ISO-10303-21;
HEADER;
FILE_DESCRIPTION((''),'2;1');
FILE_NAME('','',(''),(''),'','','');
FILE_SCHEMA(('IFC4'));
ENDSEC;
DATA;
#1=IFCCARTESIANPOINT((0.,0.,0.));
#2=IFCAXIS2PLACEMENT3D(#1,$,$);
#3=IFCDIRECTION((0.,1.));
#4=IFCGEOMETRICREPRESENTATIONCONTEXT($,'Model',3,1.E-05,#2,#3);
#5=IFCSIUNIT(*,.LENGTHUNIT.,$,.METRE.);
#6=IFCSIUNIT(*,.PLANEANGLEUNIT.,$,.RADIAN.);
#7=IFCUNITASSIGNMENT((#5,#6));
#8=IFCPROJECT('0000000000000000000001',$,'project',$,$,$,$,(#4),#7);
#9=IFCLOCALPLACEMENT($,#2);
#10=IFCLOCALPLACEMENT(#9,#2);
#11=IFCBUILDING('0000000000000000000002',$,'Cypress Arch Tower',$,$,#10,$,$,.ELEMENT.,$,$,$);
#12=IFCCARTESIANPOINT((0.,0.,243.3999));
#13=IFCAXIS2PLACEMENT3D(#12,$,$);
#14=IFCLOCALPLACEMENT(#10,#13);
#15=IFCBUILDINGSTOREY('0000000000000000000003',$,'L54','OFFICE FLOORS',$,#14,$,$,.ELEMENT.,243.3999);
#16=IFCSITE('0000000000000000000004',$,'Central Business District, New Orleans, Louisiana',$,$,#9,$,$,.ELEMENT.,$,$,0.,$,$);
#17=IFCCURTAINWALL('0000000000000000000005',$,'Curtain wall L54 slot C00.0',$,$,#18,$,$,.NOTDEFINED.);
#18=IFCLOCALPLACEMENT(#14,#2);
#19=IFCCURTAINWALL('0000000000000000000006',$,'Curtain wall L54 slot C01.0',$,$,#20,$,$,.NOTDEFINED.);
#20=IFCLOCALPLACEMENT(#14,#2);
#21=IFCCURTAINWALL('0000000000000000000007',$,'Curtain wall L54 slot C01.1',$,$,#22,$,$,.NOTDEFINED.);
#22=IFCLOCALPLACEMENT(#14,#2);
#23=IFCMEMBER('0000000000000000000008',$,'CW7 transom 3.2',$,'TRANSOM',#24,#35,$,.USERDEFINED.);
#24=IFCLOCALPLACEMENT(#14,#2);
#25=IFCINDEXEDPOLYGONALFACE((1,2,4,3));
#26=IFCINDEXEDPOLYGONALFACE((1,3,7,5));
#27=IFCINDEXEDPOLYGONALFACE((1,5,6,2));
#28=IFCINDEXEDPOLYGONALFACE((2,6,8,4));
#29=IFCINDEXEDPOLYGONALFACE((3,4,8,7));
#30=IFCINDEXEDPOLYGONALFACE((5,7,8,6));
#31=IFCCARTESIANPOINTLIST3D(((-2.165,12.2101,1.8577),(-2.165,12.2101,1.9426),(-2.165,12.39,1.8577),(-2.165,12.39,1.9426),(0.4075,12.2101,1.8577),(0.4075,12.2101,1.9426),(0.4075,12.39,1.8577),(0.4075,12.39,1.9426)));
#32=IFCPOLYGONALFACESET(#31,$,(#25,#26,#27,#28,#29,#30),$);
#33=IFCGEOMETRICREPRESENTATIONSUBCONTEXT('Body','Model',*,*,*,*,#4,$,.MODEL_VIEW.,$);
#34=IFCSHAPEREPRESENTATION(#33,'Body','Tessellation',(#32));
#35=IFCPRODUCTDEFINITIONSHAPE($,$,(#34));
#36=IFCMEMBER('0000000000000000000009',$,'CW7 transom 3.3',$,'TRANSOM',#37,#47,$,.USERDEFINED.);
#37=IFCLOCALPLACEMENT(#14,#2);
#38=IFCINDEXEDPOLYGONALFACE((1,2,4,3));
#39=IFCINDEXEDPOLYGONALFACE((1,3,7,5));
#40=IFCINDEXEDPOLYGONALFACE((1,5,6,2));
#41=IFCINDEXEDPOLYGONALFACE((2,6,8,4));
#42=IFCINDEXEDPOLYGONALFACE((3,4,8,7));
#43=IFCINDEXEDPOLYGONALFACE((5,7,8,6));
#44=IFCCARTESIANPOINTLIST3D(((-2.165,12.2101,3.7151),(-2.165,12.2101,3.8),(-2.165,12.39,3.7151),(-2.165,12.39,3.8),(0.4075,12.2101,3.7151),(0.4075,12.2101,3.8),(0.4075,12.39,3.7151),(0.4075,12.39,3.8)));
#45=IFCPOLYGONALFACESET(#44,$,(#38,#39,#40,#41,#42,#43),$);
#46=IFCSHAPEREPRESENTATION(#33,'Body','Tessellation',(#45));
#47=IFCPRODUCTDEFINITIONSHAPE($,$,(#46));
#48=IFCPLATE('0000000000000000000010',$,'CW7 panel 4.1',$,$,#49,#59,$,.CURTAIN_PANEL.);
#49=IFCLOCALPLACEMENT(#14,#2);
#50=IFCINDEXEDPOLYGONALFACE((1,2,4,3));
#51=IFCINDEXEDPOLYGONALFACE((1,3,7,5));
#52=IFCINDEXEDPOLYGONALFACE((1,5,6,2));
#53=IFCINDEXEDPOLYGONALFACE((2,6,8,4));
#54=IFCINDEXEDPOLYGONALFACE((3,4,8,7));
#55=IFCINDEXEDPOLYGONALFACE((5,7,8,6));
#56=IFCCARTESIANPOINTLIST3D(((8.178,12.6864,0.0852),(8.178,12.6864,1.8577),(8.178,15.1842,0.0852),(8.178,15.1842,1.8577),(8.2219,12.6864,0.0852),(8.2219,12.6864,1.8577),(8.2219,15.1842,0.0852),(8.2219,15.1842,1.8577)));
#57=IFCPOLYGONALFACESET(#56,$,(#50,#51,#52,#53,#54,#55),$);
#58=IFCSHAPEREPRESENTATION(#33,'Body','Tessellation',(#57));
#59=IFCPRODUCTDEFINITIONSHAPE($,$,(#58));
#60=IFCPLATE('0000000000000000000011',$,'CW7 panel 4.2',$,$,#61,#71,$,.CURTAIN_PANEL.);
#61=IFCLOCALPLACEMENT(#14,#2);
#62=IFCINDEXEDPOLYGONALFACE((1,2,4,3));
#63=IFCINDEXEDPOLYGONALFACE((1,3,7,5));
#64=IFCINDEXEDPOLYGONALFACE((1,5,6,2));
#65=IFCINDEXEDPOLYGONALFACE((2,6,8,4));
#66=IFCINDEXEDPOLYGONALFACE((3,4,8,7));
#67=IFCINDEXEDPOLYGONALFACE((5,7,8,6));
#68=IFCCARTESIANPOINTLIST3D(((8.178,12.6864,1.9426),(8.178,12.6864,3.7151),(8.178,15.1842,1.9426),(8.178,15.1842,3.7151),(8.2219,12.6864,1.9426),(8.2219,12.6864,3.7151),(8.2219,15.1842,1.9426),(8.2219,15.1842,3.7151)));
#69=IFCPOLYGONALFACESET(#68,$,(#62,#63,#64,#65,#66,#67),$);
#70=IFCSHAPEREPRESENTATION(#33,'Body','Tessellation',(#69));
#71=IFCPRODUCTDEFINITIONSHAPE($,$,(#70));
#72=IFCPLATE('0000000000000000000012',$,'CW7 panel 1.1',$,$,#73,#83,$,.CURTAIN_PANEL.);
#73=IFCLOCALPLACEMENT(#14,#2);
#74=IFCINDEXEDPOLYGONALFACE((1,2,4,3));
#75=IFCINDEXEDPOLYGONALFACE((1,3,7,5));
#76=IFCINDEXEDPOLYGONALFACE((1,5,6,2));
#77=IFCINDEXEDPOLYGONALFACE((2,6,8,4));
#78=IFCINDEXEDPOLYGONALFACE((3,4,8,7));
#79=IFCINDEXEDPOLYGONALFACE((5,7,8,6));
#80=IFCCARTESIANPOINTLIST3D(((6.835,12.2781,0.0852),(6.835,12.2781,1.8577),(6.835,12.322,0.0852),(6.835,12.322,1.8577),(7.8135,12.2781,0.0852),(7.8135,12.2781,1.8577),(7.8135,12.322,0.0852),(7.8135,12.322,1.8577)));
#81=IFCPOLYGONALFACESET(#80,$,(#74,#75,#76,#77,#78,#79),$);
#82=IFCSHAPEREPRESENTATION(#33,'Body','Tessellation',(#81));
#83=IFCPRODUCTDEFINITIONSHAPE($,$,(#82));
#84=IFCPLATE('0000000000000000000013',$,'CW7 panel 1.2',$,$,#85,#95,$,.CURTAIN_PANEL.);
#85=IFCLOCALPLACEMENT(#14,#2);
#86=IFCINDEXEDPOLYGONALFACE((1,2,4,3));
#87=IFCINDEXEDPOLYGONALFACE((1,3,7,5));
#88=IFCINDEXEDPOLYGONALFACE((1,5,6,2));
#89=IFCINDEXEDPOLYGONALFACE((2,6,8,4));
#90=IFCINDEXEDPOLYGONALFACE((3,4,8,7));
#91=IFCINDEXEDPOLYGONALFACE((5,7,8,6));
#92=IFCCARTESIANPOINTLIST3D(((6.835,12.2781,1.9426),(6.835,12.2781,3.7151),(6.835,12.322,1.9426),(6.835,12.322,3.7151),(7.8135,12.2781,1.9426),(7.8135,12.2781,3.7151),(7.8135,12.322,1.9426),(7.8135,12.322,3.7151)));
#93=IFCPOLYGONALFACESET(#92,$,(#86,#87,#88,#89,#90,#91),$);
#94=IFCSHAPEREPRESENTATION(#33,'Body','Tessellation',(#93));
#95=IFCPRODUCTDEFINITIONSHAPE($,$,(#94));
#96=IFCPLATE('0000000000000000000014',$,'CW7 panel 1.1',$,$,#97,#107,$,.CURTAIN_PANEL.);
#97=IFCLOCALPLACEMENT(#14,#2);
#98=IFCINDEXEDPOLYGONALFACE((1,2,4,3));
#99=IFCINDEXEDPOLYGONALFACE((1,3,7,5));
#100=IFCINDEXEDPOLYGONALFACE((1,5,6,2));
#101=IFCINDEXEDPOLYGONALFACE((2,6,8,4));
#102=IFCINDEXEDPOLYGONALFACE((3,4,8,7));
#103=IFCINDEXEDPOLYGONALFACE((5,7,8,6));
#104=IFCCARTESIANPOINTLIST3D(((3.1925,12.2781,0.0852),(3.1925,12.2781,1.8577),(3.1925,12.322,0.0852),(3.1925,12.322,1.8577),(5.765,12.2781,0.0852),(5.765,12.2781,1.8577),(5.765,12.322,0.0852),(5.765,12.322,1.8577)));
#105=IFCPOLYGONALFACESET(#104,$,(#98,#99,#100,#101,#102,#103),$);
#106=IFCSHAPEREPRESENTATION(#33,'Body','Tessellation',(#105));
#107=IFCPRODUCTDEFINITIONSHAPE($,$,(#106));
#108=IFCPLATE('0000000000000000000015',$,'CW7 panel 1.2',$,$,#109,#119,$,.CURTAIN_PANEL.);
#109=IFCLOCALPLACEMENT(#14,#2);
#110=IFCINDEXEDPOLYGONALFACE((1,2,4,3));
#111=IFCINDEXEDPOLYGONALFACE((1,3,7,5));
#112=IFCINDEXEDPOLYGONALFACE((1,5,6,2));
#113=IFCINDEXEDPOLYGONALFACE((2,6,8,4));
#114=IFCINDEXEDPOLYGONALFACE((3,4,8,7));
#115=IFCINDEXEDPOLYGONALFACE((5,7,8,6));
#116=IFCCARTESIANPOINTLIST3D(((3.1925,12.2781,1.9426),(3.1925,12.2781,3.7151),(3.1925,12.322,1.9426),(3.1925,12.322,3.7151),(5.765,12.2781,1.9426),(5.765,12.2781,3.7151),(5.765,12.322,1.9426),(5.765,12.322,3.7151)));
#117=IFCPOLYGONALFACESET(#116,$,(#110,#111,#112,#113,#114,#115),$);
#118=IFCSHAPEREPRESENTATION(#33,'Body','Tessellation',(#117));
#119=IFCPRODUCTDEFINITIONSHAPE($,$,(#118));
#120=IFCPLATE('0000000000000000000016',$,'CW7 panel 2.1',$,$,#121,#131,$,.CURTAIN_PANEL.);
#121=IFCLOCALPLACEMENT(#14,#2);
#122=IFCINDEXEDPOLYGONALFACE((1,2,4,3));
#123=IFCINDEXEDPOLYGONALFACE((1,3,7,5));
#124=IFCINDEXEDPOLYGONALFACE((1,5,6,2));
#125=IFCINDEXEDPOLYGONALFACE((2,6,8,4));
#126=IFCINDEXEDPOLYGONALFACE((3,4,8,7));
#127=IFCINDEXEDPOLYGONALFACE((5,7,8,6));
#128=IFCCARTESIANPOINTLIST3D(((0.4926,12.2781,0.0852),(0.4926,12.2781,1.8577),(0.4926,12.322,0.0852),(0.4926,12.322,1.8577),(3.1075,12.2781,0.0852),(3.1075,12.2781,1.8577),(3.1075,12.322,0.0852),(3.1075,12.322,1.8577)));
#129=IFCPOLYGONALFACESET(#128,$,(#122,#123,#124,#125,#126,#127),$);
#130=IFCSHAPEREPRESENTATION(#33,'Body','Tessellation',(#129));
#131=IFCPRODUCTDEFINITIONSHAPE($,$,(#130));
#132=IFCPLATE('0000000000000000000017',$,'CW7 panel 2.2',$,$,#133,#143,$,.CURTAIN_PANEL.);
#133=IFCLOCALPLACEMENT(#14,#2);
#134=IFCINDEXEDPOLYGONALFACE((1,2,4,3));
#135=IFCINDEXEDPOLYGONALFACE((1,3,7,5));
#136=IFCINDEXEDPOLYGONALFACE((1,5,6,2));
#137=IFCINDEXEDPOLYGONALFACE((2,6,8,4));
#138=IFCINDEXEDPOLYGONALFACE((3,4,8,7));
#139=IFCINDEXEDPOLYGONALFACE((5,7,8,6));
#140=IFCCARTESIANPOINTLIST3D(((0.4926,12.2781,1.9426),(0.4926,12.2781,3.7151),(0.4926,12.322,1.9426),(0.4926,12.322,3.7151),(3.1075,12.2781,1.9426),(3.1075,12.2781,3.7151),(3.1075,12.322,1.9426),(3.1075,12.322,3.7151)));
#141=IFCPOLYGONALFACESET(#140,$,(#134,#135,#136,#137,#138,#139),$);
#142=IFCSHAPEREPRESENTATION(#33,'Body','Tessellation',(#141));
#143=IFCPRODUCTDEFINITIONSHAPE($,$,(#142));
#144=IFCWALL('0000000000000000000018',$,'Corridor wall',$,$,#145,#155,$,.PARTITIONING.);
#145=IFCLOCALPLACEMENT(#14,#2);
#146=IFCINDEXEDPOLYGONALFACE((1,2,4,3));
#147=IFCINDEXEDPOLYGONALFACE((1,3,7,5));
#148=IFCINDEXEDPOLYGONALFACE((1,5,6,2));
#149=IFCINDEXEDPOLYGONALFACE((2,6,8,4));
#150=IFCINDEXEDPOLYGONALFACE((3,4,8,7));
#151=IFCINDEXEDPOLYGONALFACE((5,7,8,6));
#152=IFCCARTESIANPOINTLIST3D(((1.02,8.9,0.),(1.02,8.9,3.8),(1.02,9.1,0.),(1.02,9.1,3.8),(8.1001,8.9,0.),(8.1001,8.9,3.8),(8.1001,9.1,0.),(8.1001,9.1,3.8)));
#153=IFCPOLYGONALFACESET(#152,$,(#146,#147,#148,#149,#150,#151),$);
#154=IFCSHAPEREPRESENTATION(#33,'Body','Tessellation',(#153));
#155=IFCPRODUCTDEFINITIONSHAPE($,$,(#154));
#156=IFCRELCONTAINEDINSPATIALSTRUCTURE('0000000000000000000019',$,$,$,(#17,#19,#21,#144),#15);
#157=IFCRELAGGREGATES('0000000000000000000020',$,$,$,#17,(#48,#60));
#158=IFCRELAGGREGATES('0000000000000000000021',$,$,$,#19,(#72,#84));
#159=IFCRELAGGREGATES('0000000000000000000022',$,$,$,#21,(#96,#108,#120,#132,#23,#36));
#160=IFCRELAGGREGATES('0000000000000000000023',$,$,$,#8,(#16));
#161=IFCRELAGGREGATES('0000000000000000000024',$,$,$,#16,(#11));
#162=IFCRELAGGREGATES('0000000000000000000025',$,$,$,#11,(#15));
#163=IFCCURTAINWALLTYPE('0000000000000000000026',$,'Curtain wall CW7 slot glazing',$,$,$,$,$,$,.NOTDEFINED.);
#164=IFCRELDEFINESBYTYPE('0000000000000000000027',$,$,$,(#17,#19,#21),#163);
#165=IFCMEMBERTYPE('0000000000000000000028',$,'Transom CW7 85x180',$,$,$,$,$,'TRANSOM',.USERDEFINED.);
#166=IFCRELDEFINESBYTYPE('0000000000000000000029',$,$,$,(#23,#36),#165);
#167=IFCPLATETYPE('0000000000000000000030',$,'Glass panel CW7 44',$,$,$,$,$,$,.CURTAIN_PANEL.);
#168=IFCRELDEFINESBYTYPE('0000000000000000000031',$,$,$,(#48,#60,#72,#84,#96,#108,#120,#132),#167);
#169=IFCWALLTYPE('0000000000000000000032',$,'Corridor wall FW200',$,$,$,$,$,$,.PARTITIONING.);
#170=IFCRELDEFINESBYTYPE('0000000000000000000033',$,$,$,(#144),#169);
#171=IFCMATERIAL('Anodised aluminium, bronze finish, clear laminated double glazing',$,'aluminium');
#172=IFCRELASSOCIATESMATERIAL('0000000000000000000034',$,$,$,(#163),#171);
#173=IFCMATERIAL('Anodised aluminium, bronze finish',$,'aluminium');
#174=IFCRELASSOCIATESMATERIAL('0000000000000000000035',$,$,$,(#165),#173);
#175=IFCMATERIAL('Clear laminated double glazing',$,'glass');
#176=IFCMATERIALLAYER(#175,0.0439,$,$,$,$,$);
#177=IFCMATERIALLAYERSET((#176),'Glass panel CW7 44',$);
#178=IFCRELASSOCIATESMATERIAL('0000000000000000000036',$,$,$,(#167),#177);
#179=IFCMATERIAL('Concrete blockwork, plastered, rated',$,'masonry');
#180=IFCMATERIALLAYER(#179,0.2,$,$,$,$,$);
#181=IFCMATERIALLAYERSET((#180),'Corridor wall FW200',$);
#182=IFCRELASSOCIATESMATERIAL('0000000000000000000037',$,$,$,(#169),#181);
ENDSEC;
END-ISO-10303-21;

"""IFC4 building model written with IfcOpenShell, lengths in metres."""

from ifc_helpers import new_model, si_unit, direction, frame, frame_2d, origin, origin_2d, place, context, subcontext, project, spatial, rectangle, extrude, material, layer, layer_set, material_profile, profile_set, type_object, element, aggregate, save


model = new_model("IFC4")

# Units and contexts
model_context = context("Model", 3, precision=1e-05, world=origin(), true_north=direction((0.0, 1.0)))
body_context = subcontext(model_context, "Body", "Model", "MODEL_VIEW")
ifc_project = project(units=[si_unit("LENGTHUNIT", "METRE"), si_unit("PLANEANGLEUNIT", "RADIAN")], contexts=[model_context])

# Site, building, storey
site_placement = place(None, origin())
site = spatial("IfcSite", under=ifc_project, at=site_placement, Name="Central Business District, New Orleans, Louisiana", CompositionType="ELEMENT", RefElevation=0.0)
building_placement = place(site_placement, origin())
building = spatial("IfcBuilding", under=site, at=building_placement, Name="Cypress Arch Tower", CompositionType="ELEMENT")
storey_placement = place(building_placement, frame((0.0, 0.0, 243.3999)))
storey = spatial("IfcBuildingStorey", under=building, at=storey_placement, Name="L54", Description="OFFICE FLOORS", CompositionType="ELEMENT", Elevation=243.3999)

# Curtain walls
ifc_material_1 = material(Name="Anodised aluminium, bronze finish, clear laminated double glazing", Category="aluminium")
curtain_wall_type = type_object("IfcCurtainWallType", Name="Curtain wall CW7 slot glazing", PredefinedType="NOTDEFINED", material=ifc_material_1)
curtain_wall_1_placement = place(storey_placement, origin())
curtain_wall_1 = element("IfcCurtainWall", 1, at=curtain_wall_1_placement, inside=storey, type_object=curtain_wall_type, Name="Curtain wall L54 slot C00.0", PredefinedType="NOTDEFINED")
curtain_wall_2_placement = place(storey_placement, origin())
curtain_wall_2 = element("IfcCurtainWall", 2, at=curtain_wall_2_placement, inside=storey, type_object=curtain_wall_type, Name="Curtain wall L54 slot C01.0", PredefinedType="NOTDEFINED")
curtain_wall_3_placement = place(storey_placement, origin())
curtain_wall_3 = element("IfcCurtainWall", 3, at=curtain_wall_3_placement, inside=storey, type_object=curtain_wall_type, Name="Curtain wall L54 slot C01.1", PredefinedType="NOTDEFINED")

# Members
ifc_material_2 = material(Name="Anodised aluminium, bronze finish", Category="aluminium")
ifc_material_profile_1 = material_profile(ifc_material_2, rectangle(XDim=0.1799, YDim=0.085, at=origin_2d()), Name="Transom 85x180")
ifc_profile_set_1 = profile_set([ifc_material_profile_1], Name="Anodised aluminium, bronze finish")
member_type_1 = type_object("IfcMemberType", Name="Transom CW7 85x180", ElementType="TRANSOM", PredefinedType="USERDEFINED", material=ifc_profile_set_1)
member_1_placement = place(storey_placement, frame((0.4075, 12.3, 1.9001), z_axis=(-1.0, 0.0, 0.0), x_axis=(0.0, -1.0, 0.0)))
member_1 = element("IfcMember", 4, at=member_1_placement, type_object=member_type_1, Name="CW7 transom 3.2", ObjectType="TRANSOM", PredefinedType="USERDEFINED", context=body_context, shape_type="SweptSolid", body=[
    extrude(rectangle(XDim=0.1799, YDim=0.085, at=origin_2d()), origin(), (0.0, 0.0, 1.0), 2.5725),
])
member_2_placement = place(storey_placement, frame((0.4075, 12.3, 3.7576), z_axis=(-1.0, 0.0, 0.0), x_axis=(0.0, -1.0, 0.0)))
member_2 = element("IfcMember", 5, at=member_2_placement, type_object=member_type_1, Name="CW7 transom 3.3", ObjectType="TRANSOM", PredefinedType="USERDEFINED", context=body_context, shape_type="SweptSolid", body=[
    extrude(rectangle(XDim=0.1799, YDim=0.085, at=origin_2d()), origin(), (0.0, 0.0, 1.0), 2.5725),
])

# Plates
ifc_material_3 = material(Name="Clear laminated double glazing", Category="glass")
ifc_layer_1 = layer(ifc_material_3, 0.0439)
ifc_layer_set_1 = layer_set([ifc_layer_1], Name="Glass panel CW7 44")
plate_type = type_object("IfcPlateType", Name="Glass panel CW7 44", PredefinedType="CURTAIN_PANEL", material=ifc_layer_set_1)
plate_1_placement = place(storey_placement, frame((8.2, 13.9353, 0.0852), z_axis=(0.0, 0.0, 1.0), x_axis=(0.0, -1.0, 0.0)))
plate_1 = element("IfcPlate", 6, at=plate_1_placement, type_object=plate_type, Name="CW7 panel 4.1", PredefinedType="CURTAIN_PANEL", context=body_context, shape_type="SweptSolid", body=[
    extrude(rectangle(XDim=2.4978, YDim=0.0439, at=origin_2d()), origin(), (0.0, 0.0, 1.0), 1.7725),
])
plate_2_placement = place(storey_placement, frame((8.2, 13.9353, 1.9426), z_axis=(0.0, 0.0, 1.0), x_axis=(0.0, -1.0, 0.0)))
plate_2 = element("IfcPlate", 7, at=plate_2_placement, type_object=plate_type, Name="CW7 panel 4.2", PredefinedType="CURTAIN_PANEL", context=body_context, shape_type="SweptSolid", body=[
    extrude(rectangle(XDim=2.4978, YDim=0.0439, at=origin_2d()), origin(), (0.0, 0.0, 1.0), 1.7725),
])
aggregate(curtain_wall_1, [plate_1, plate_2])
plate_3_placement = place(storey_placement, frame((7.3242, 12.3, 0.0852), z_axis=(0.0, 0.0, 1.0), x_axis=(-1.0, 0.0, 0.0)))
plate_3 = element("IfcPlate", 8, at=plate_3_placement, type_object=plate_type, Name="CW7 panel 1.1", PredefinedType="CURTAIN_PANEL", context=body_context, shape_type="SweptSolid", body=[
    extrude(rectangle(XDim=0.9785, YDim=0.0439, at=origin_2d()), origin(), (0.0, 0.0, 1.0), 1.7725),
])
plate_4_placement = place(storey_placement, frame((7.3242, 12.3, 1.9426), z_axis=(0.0, 0.0, 1.0), x_axis=(-1.0, 0.0, 0.0)))
plate_4 = element("IfcPlate", 9, at=plate_4_placement, type_object=plate_type, Name="CW7 panel 1.2", PredefinedType="CURTAIN_PANEL", context=body_context, shape_type="SweptSolid", body=[
    extrude(rectangle(XDim=0.9785, YDim=0.0439, at=origin_2d()), origin(), (0.0, 0.0, 1.0), 1.7725),
])
aggregate(curtain_wall_2, [plate_3, plate_4])
plate_5_placement = place(storey_placement, frame((4.4788, 12.3, 0.0852), z_axis=(0.0, 0.0, 1.0), x_axis=(-1.0, 0.0, 0.0)))
plate_5 = element("IfcPlate", 10, at=plate_5_placement, type_object=plate_type, Name="CW7 panel 1.1", PredefinedType="CURTAIN_PANEL", context=body_context, shape_type="SweptSolid", body=[
    extrude(rectangle(XDim=2.5725, YDim=0.0439, at=origin_2d()), origin(), (0.0, 0.0, 1.0), 1.7725),
])
plate_6_placement = place(storey_placement, frame((4.4788, 12.3, 1.9426), z_axis=(0.0, 0.0, 1.0), x_axis=(-1.0, 0.0, 0.0)))
plate_6 = element("IfcPlate", 11, at=plate_6_placement, type_object=plate_type, Name="CW7 panel 1.2", PredefinedType="CURTAIN_PANEL", context=body_context, shape_type="SweptSolid", body=[
    extrude(rectangle(XDim=2.5725, YDim=0.0439, at=origin_2d()), origin(), (0.0, 0.0, 1.0), 1.7725),
])
plate_7_placement = place(storey_placement, frame((1.8, 12.3, 0.0852), z_axis=(0.0, 0.0, 1.0), x_axis=(-1.0, 0.0, 0.0)))
plate_7 = element("IfcPlate", 12, at=plate_7_placement, type_object=plate_type, Name="CW7 panel 2.1", PredefinedType="CURTAIN_PANEL", context=body_context, shape_type="SweptSolid", body=[
    extrude(rectangle(XDim=2.615, YDim=0.0439, at=origin_2d()), origin(), (0.0, 0.0, 1.0), 1.7725),
])
plate_8_placement = place(storey_placement, frame((1.8, 12.3, 1.9426), z_axis=(0.0, 0.0, 1.0), x_axis=(-1.0, 0.0, 0.0)))
plate_8 = element("IfcPlate", 13, at=plate_8_placement, type_object=plate_type, Name="CW7 panel 2.2", PredefinedType="CURTAIN_PANEL", context=body_context, shape_type="SweptSolid", body=[
    extrude(rectangle(XDim=2.615, YDim=0.0439, at=origin_2d()), origin(), (0.0, 0.0, 1.0), 1.7725),
])
aggregate(curtain_wall_3, [plate_5, plate_6, plate_7, plate_8, member_1, member_2])

# Wall
ifc_material_4 = material(Name="Concrete blockwork, plastered, rated", Category="masonry")
ifc_layer_2 = layer(ifc_material_4, 0.2)
ifc_layer_set_2 = layer_set([ifc_layer_2], Name="Corridor wall FW200")
wall_type = type_object("IfcWallType", Name="Corridor wall FW200", PredefinedType="PARTITIONING", material=ifc_layer_set_2)
wall_placement = place(storey_placement, frame((1.02, 9.0, 0.0), z_axis=(0.0, 0.0, 1.0), x_axis=(1.0, 0.0, 0.0)))
element("IfcWall", 14, at=wall_placement, inside=storey, type_object=wall_type, Name="Corridor wall", PredefinedType="PARTITIONING", context=body_context, shape_type="SweptSolid", body=[
    extrude(rectangle(XDim=7.0801, YDim=0.2, at=frame_2d((3.54, 0.0))), origin(), (0.0, 0.0, 1.0), 3.8),
])

save(model, "model.ifc")
